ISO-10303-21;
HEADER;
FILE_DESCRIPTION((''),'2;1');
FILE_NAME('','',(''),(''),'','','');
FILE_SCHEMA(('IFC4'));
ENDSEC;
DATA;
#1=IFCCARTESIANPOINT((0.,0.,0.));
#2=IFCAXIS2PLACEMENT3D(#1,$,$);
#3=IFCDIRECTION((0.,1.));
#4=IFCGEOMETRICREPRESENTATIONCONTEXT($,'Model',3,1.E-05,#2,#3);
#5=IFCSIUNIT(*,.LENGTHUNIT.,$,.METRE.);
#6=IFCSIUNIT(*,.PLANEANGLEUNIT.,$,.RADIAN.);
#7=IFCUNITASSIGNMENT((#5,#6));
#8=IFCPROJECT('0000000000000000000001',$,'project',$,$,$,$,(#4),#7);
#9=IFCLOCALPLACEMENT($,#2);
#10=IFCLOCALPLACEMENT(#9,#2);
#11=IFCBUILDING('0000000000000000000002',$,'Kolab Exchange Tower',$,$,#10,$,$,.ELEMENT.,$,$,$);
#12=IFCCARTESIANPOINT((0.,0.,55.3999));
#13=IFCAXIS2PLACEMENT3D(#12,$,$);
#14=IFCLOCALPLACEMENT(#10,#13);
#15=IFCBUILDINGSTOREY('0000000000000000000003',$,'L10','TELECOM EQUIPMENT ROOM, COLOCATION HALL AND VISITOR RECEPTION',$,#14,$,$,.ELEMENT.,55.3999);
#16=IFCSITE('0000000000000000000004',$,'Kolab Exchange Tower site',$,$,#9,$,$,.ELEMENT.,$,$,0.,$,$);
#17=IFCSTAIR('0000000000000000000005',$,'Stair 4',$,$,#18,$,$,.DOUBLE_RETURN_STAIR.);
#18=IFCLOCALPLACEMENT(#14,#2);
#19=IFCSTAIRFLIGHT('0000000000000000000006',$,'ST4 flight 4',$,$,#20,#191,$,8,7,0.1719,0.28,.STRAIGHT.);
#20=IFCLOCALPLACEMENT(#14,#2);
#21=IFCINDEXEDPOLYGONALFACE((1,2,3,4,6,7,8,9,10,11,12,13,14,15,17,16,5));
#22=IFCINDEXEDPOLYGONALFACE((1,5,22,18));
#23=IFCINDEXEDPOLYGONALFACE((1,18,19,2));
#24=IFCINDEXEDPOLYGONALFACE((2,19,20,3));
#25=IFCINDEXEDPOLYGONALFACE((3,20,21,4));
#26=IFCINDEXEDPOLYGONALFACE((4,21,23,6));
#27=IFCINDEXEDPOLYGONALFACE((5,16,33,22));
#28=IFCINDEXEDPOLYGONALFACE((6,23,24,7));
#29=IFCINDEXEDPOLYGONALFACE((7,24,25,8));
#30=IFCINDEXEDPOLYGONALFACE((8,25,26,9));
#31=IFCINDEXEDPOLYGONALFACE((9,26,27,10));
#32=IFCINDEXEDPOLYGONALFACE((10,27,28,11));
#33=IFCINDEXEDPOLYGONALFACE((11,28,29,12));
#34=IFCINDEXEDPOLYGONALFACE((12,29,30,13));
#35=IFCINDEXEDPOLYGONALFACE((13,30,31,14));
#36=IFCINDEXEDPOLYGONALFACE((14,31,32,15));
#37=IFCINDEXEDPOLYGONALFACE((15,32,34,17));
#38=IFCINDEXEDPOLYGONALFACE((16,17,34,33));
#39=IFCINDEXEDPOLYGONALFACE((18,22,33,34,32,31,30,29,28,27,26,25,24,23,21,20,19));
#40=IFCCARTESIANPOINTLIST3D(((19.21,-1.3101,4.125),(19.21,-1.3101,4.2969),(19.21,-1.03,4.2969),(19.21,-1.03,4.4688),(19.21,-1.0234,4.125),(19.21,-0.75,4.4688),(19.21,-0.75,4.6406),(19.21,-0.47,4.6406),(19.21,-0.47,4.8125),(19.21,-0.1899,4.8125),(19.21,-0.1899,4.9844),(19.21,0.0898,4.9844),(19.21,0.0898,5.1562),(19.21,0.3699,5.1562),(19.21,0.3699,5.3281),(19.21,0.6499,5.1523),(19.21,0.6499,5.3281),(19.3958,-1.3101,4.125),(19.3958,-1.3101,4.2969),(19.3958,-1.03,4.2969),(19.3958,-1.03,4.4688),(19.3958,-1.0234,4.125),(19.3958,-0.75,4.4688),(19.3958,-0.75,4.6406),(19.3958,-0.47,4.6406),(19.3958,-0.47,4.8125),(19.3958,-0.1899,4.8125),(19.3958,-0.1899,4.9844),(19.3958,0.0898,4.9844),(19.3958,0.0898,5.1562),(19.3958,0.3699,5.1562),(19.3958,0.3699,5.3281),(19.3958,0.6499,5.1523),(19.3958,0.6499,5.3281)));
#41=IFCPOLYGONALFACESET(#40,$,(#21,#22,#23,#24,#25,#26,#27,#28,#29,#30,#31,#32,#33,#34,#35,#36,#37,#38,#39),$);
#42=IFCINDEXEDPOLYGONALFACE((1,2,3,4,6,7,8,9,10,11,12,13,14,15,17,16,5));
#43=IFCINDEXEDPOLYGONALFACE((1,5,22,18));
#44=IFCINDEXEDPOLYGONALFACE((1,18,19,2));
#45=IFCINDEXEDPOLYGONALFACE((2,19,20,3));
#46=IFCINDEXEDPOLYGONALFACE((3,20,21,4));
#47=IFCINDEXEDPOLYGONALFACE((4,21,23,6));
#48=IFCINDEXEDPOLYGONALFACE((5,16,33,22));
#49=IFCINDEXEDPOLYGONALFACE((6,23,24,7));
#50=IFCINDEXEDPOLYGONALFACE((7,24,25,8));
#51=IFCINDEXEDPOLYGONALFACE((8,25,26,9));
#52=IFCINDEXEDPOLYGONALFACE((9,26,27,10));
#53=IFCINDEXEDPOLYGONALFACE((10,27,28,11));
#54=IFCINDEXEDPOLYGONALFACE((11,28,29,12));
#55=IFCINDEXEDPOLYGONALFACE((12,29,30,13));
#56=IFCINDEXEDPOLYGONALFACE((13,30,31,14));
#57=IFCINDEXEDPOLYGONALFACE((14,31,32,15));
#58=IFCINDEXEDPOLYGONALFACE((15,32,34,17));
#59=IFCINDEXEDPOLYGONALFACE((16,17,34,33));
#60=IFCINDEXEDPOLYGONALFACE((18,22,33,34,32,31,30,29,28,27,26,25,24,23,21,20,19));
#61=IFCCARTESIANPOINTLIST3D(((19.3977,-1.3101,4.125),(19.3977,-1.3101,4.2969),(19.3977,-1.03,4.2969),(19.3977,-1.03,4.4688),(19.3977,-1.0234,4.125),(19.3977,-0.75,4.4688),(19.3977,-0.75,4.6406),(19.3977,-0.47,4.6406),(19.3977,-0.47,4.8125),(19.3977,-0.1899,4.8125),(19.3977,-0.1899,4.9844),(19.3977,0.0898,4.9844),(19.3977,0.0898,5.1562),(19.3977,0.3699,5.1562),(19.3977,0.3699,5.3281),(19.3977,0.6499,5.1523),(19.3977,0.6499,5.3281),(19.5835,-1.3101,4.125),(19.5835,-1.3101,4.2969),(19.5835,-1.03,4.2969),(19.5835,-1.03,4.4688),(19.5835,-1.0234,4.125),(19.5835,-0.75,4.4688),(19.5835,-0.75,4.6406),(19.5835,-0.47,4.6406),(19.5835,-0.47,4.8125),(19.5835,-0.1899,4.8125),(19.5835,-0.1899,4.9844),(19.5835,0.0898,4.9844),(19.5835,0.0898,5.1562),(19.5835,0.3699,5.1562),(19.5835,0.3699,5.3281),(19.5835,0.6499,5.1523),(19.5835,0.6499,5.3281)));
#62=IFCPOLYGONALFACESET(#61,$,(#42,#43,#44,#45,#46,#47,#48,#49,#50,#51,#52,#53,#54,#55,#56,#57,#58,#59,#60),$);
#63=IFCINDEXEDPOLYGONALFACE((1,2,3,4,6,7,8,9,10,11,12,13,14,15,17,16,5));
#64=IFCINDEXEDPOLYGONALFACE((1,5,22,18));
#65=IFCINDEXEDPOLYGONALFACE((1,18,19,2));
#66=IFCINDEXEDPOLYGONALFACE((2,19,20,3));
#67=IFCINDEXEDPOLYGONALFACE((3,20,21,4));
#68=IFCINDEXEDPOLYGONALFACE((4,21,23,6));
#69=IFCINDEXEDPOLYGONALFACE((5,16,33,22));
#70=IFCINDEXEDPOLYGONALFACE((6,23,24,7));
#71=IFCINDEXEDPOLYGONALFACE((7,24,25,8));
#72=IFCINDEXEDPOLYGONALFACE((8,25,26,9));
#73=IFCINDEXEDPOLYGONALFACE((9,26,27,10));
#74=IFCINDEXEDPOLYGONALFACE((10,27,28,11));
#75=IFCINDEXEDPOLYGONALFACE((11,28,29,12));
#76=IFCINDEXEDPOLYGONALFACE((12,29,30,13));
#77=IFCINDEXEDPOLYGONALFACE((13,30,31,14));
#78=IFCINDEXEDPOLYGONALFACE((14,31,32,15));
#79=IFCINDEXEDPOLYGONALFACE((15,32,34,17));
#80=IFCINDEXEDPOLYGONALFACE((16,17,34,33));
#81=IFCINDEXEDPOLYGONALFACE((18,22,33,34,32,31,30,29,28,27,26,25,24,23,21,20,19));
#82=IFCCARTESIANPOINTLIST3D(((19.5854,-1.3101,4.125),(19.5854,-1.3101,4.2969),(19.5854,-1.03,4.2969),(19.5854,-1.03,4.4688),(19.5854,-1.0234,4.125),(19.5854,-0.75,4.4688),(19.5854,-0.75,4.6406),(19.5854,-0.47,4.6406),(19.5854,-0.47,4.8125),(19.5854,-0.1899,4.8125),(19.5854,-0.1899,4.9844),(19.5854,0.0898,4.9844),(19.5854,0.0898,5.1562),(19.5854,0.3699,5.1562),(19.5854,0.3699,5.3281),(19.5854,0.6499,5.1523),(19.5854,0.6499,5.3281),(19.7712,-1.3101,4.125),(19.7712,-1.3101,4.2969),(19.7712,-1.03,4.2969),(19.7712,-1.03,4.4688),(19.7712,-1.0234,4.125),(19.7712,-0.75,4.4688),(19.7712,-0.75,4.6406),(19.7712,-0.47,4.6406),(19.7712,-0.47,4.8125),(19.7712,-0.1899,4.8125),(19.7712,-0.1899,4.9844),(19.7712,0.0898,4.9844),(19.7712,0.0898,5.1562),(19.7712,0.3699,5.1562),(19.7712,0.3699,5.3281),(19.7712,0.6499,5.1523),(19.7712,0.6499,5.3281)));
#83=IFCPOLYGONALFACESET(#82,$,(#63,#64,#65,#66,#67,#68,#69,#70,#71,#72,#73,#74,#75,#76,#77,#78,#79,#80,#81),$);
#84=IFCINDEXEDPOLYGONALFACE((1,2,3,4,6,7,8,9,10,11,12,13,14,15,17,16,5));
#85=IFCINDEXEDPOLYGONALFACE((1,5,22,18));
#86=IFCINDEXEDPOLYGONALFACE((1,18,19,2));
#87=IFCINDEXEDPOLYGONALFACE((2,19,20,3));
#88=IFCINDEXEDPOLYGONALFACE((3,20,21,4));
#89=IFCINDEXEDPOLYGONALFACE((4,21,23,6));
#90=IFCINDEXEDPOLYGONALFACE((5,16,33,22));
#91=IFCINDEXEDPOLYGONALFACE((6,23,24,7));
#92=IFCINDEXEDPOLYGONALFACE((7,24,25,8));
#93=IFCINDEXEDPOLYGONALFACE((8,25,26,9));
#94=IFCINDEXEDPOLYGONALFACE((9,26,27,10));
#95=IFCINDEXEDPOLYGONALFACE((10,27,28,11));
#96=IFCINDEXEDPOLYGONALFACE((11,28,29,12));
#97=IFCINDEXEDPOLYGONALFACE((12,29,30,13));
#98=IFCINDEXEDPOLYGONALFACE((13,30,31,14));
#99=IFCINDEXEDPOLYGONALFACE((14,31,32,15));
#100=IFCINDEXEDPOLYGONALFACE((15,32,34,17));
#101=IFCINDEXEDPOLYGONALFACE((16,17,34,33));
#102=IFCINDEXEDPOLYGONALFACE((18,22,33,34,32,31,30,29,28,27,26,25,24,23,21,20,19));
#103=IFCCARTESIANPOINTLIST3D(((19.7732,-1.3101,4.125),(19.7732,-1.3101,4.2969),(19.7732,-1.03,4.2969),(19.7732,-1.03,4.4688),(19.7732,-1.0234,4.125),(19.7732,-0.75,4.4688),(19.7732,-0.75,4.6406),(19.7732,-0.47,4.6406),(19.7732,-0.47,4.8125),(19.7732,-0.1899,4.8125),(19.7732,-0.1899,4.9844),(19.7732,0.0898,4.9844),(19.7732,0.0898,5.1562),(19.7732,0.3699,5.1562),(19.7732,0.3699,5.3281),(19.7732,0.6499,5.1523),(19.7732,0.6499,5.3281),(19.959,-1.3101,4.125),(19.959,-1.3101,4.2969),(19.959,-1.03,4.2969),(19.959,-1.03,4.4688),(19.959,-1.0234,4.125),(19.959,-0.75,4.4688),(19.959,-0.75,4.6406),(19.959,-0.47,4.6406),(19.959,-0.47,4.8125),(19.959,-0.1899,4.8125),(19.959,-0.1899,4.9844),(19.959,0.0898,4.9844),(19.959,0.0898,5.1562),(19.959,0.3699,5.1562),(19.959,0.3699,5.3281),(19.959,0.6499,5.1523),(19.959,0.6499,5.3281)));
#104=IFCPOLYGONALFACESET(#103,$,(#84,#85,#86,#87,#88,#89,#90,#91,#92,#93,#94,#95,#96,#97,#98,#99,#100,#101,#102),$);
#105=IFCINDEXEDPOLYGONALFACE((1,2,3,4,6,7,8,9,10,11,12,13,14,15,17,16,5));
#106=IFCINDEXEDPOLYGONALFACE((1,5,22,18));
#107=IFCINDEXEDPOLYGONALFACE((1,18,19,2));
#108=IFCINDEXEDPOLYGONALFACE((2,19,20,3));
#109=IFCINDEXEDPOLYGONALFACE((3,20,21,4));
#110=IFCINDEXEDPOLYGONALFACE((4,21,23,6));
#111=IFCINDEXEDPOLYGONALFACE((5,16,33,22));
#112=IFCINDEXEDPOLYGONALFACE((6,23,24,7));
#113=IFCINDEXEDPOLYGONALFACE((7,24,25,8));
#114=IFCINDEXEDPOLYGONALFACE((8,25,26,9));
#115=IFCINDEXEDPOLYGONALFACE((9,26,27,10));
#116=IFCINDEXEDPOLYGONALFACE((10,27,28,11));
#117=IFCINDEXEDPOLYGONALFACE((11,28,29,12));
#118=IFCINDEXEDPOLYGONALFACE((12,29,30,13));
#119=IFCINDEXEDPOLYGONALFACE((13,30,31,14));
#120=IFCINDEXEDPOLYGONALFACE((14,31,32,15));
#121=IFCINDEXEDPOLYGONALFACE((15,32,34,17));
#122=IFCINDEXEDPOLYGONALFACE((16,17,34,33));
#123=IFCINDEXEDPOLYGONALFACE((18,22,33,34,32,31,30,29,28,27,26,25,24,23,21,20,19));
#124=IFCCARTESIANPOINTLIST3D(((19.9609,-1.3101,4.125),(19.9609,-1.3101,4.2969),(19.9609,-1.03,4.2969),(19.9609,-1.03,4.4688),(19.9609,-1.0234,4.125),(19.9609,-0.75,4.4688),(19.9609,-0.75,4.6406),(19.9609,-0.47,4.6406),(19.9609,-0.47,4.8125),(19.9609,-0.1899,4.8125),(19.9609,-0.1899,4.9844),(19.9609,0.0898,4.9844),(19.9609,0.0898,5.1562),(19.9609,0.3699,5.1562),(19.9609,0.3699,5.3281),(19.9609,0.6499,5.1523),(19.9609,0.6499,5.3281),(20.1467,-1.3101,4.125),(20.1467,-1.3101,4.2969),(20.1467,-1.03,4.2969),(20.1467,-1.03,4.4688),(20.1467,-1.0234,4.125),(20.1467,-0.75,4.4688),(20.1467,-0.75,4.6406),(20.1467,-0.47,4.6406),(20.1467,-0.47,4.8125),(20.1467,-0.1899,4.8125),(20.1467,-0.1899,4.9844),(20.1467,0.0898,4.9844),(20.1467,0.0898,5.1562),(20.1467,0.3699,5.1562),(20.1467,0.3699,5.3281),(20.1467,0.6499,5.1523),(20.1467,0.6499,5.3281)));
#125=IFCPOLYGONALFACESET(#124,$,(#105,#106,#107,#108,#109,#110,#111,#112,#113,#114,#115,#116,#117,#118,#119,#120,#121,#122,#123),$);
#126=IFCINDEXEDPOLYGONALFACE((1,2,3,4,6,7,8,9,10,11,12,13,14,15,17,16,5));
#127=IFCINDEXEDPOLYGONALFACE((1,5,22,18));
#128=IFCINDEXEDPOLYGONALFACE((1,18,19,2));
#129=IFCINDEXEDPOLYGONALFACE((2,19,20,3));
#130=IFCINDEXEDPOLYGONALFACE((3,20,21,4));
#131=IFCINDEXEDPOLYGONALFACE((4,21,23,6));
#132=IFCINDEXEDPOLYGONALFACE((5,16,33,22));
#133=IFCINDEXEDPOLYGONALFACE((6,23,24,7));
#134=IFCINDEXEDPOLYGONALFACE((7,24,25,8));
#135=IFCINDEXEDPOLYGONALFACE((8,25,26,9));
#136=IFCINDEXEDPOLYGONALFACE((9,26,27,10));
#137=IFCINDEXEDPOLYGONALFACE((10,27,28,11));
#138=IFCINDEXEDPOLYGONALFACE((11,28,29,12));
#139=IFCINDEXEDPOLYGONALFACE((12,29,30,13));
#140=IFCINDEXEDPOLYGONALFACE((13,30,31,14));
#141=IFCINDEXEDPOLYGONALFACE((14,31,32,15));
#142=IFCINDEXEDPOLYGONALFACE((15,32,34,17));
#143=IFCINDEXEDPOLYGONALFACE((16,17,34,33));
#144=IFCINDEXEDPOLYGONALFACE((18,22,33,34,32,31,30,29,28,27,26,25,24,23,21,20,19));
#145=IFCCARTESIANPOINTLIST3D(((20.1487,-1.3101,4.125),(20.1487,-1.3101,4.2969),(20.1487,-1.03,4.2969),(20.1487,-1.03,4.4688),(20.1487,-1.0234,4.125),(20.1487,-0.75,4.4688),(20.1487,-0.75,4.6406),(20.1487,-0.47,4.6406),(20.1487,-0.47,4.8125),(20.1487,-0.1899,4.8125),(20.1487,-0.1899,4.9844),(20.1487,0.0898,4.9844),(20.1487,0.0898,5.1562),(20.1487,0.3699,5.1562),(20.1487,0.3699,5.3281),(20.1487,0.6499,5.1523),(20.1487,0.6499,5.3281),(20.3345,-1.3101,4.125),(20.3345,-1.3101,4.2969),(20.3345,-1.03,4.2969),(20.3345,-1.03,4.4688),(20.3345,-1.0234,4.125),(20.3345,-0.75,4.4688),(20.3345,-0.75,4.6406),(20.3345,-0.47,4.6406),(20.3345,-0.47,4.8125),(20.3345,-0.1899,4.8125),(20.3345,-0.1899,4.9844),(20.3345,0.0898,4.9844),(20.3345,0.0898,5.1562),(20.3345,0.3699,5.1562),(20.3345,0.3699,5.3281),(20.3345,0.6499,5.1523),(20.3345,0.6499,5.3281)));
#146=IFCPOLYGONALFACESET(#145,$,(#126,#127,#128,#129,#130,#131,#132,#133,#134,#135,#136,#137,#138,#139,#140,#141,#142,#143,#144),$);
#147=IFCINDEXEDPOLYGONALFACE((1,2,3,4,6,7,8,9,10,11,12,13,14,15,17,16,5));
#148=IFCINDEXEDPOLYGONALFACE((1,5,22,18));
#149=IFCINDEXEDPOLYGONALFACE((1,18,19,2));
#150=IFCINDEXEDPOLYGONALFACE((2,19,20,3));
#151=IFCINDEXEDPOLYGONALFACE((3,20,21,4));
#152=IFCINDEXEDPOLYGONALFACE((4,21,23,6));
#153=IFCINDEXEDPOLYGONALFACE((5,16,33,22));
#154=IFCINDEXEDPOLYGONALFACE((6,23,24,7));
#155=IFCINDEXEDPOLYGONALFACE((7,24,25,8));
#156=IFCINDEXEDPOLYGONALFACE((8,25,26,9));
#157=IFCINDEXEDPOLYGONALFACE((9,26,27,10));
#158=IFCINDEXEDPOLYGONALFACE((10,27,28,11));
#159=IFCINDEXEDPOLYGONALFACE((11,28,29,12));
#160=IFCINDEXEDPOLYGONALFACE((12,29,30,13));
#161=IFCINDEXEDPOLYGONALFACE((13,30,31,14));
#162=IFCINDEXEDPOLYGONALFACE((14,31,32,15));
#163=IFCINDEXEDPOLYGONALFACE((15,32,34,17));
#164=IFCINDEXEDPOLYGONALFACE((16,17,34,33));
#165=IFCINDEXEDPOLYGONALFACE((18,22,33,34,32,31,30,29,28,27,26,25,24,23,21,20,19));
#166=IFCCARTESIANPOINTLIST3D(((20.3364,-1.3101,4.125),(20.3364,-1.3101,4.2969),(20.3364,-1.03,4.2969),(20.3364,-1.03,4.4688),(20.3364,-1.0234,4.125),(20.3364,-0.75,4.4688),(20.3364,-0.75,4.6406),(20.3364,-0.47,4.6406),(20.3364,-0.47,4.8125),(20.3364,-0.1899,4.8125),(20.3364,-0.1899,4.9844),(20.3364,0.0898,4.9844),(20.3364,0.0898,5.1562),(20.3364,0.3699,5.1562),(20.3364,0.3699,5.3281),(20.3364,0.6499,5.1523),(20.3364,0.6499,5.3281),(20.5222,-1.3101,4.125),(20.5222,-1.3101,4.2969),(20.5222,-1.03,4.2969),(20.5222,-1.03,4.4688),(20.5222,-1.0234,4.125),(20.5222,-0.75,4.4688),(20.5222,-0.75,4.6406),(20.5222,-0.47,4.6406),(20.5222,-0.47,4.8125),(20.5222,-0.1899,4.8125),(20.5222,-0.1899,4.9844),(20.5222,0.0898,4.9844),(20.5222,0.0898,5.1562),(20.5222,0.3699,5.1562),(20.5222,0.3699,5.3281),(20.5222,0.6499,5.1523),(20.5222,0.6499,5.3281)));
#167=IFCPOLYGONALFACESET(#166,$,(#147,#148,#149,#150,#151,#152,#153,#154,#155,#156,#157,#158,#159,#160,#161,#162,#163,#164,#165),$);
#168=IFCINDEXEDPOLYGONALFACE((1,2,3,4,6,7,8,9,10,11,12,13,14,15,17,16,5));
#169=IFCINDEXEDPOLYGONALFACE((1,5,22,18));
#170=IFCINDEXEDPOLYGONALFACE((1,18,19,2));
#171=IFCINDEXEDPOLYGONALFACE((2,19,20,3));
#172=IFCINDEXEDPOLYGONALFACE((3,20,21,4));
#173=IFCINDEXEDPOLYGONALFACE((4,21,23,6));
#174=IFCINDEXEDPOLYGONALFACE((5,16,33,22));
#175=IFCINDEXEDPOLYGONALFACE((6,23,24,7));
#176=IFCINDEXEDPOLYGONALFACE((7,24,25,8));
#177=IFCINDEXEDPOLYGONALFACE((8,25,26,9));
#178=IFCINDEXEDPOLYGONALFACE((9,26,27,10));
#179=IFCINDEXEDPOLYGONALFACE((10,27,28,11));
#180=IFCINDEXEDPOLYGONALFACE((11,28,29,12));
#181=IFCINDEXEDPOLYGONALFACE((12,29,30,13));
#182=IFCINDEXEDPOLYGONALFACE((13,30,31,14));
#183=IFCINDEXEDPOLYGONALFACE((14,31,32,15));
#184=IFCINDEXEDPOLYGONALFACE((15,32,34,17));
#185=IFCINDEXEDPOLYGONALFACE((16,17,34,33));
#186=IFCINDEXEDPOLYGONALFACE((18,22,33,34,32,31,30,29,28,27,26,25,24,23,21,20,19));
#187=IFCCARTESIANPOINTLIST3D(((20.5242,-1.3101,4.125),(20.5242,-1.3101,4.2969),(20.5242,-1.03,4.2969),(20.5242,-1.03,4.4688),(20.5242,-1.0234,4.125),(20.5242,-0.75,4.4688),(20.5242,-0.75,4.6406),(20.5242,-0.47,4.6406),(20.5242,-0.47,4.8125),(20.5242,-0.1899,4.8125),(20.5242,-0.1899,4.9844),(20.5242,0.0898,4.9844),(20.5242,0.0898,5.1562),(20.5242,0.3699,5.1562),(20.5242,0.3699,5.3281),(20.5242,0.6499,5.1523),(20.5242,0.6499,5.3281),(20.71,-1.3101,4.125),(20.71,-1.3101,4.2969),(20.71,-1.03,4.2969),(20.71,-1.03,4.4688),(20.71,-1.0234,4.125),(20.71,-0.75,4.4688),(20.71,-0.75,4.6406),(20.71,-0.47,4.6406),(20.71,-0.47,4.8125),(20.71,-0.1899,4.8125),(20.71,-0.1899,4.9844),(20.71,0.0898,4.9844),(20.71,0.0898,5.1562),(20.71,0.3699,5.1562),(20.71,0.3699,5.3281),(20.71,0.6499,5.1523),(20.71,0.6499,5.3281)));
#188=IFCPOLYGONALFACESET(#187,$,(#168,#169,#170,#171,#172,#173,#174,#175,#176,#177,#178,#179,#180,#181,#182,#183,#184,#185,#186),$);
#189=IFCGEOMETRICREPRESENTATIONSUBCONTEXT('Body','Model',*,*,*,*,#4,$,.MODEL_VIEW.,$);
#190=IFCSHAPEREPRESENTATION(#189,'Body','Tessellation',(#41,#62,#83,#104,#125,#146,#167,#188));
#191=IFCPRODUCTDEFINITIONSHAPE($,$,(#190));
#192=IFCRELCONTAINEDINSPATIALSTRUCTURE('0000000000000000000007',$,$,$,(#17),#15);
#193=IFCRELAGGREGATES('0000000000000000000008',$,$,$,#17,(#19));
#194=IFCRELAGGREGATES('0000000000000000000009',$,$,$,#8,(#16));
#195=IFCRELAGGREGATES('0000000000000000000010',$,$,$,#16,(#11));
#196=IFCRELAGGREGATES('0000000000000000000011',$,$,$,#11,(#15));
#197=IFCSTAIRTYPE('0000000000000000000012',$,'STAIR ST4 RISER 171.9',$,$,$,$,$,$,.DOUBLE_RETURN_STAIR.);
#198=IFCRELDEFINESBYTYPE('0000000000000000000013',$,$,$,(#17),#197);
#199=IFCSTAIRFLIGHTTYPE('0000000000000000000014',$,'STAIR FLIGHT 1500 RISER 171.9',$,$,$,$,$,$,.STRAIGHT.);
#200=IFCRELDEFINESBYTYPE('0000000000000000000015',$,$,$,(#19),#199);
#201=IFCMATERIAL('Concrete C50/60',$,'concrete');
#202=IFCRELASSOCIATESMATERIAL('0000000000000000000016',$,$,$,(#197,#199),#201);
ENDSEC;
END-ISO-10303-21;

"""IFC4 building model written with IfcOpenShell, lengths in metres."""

from ifc_helpers import new_model, si_unit, direction, frame, origin, place, context, subcontext, project, spatial, polyline, outline, extrude, material, type_object, element, aggregate, save


model = new_model("IFC4")

# Units and contexts
model_context = context("Model", 3, precision=1e-05, world=origin(), true_north=direction((0.0, 1.0)))
body_context = subcontext(model_context, "Body", "Model", "MODEL_VIEW")
ifc_project = project(units=[si_unit("LENGTHUNIT", "METRE"), si_unit("PLANEANGLEUNIT", "RADIAN")], contexts=[model_context])

# Site, building, storey
site_placement = place(None, origin())
site = spatial("IfcSite", under=ifc_project, at=site_placement, Name="Kolab Exchange Tower site", CompositionType="ELEMENT", RefElevation=0.0)
building_placement = place(site_placement, origin())
building = spatial("IfcBuilding", under=site, at=building_placement, Name="Kolab Exchange Tower", CompositionType="ELEMENT")
storey_placement = place(building_placement, frame((0.0, 0.0, 55.3999)))
storey = spatial("IfcBuildingStorey", under=building, at=storey_placement, Name="L10", Description="TELECOM EQUIPMENT ROOM, COLOCATION HALL AND VISITOR RECEPTION", CompositionType="ELEMENT", Elevation=55.3999)

# Shared definitions
ifc_material_1 = material(Name="Concrete C50/60", Category="concrete")

# Stair, stair flight
stair_type = type_object("IfcStairType", Name="STAIR ST4 RISER 171.9", PredefinedType="DOUBLE_RETURN_STAIR", material=ifc_material_1)
stair_placement = place(storey_placement, origin())
stair = element("IfcStair", 1, at=stair_placement, inside=storey, type_object=stair_type, Name="Stair 4", PredefinedType="DOUBLE_RETURN_STAIR")
stair_flight_type = type_object("IfcStairFlightType", Name="STAIR FLIGHT 1500 RISER 171.9", PredefinedType="STRAIGHT", material=ifc_material_1)
stair_flight_1_placement = place(storey_placement, frame((19.96, -1.3101, 4.125), z_axis=(0.0, 0.0, 1.0), x_axis=(0.0, 1.0, 0.0)))
stair_flight_1 = element("IfcStairFlight", 2, at=stair_flight_1_placement, type_object=stair_flight_type, Name="ST4 flight 4", NumberOfRisers=8, NumberOfTreads=7, PredefinedType="STRAIGHT", RiserHeight=0.1719, TreadLength=0.28, context=body_context, shape_type="SweptSolid", body=[
    extrude(outline(polyline([(0.0, 0.0), (0.0, 0.1719), (0.28, 0.1719), (0.28, 0.3438), (0.5601, 0.3438), (0.5601, 0.5156), (0.8401, 0.5156), (0.8401, 0.6875), (1.1201, 0.6875), (1.1201, 0.8594), (1.3999, 0.8594), (1.3999, 1.0312), (1.6799, 1.0312), (1.6799, 1.2031), (1.96, 1.2031), (1.96, 1.375), (1.96, 1.0273), (0.2866, 0.0), (0.0, 0.0)])), frame((0.0, 0.75, 0.0), z_axis=(0.0, -1.0, 0.0), x_axis=(1.0, 0.0, 0.0)), (0.0, 0.0, 1.0), 0.1858),
    extrude(outline(polyline([(0.0, 0.0), (0.0, 0.1719), (0.28, 0.1719), (0.28, 0.3438), (0.5601, 0.3438), (0.5601, 0.5156), (0.8401, 0.5156), (0.8401, 0.6875), (1.1201, 0.6875), (1.1201, 0.8594), (1.3999, 0.8594), (1.3999, 1.0312), (1.6799, 1.0312), (1.6799, 1.2031), (1.96, 1.2031), (1.96, 1.375), (1.96, 1.0273), (0.2866, 0.0), (0.0, 0.0)])), frame((0.0, 0.5623, 0.0), z_axis=(0.0, -1.0, 0.0), x_axis=(1.0, 0.0, 0.0)), (0.0, 0.0, 1.0), 0.1858),
    extrude(outline(polyline([(0.0, 0.0), (0.0, 0.1719), (0.28, 0.1719), (0.28, 0.3438), (0.5601, 0.3438), (0.5601, 0.5156), (0.8401, 0.5156), (0.8401, 0.6875), (1.1201, 0.6875), (1.1201, 0.8594), (1.3999, 0.8594), (1.3999, 1.0312), (1.6799, 1.0312), (1.6799, 1.2031), (1.96, 1.2031), (1.96, 1.375), (1.96, 1.0273), (0.2866, 0.0), (0.0, 0.0)])), frame((0.0, 0.3745, 0.0), z_axis=(0.0, -1.0, 0.0), x_axis=(1.0, 0.0, 0.0)), (0.0, 0.0, 1.0), 0.1858),
    extrude(outline(polyline([(0.0, 0.0), (0.0, 0.1719), (0.28, 0.1719), (0.28, 0.3438), (0.5601, 0.3438), (0.5601, 0.5156), (0.8401, 0.5156), (0.8401, 0.6875), (1.1201, 0.6875), (1.1201, 0.8594), (1.3999, 0.8594), (1.3999, 1.0312), (1.6799, 1.0312), (1.6799, 1.2031), (1.96, 1.2031), (1.96, 1.375), (1.96, 1.0273), (0.2866, 0.0), (0.0, 0.0)])), frame((0.0, 0.1868, 0.0), z_axis=(0.0, -1.0, 0.0), x_axis=(1.0, 0.0, 0.0)), (0.0, 0.0, 1.0), 0.1858),
    extrude(outline(polyline([(0.0, 0.0), (0.0, 0.1719), (0.28, 0.1719), (0.28, 0.3438), (0.5601, 0.3438), (0.5601, 0.5156), (0.8401, 0.5156), (0.8401, 0.6875), (1.1201, 0.6875), (1.1201, 0.8594), (1.3999, 0.8594), (1.3999, 1.0312), (1.6799, 1.0312), (1.6799, 1.2031), (1.96, 1.2031), (1.96, 1.375), (1.96, 1.0273), (0.2866, 0.0), (0.0, 0.0)])), frame((0.0, -0.001, 0.0), z_axis=(0.0, -1.0, 0.0), x_axis=(1.0, 0.0, 0.0)), (0.0, 0.0, 1.0), 0.1858),
    extrude(outline(polyline([(0.0, 0.0), (0.0, 0.1719), (0.28, 0.1719), (0.28, 0.3438), (0.5601, 0.3438), (0.5601, 0.5156), (0.8401, 0.5156), (0.8401, 0.6875), (1.1201, 0.6875), (1.1201, 0.8594), (1.3999, 0.8594), (1.3999, 1.0312), (1.6799, 1.0312), (1.6799, 1.2031), (1.96, 1.2031), (1.96, 1.375), (1.96, 1.0273), (0.2866, 0.0), (0.0, 0.0)])), frame((0.0, -0.1887, 0.0), z_axis=(0.0, -1.0, 0.0), x_axis=(1.0, 0.0, 0.0)), (0.0, 0.0, 1.0), 0.1858),
    extrude(outline(polyline([(0.0, 0.0), (0.0, 0.1719), (0.28, 0.1719), (0.28, 0.3438), (0.5601, 0.3438), (0.5601, 0.5156), (0.8401, 0.5156), (0.8401, 0.6875), (1.1201, 0.6875), (1.1201, 0.8594), (1.3999, 0.8594), (1.3999, 1.0312), (1.6799, 1.0312), (1.6799, 1.2031), (1.96, 1.2031), (1.96, 1.375), (1.96, 1.0273), (0.2866, 0.0), (0.0, 0.0)])), frame((0.0, -0.3765, 0.0), z_axis=(0.0, -1.0, 0.0), x_axis=(1.0, 0.0, 0.0)), (0.0, 0.0, 1.0), 0.1858),
    extrude(outline(polyline([(0.0, 0.0), (0.0, 0.1719), (0.28, 0.1719), (0.28, 0.3438), (0.5601, 0.3438), (0.5601, 0.5156), (0.8401, 0.5156), (0.8401, 0.6875), (1.1201, 0.6875), (1.1201, 0.8594), (1.3999, 0.8594), (1.3999, 1.0312), (1.6799, 1.0312), (1.6799, 1.2031), (1.96, 1.2031), (1.96, 1.375), (1.96, 1.0273), (0.2866, 0.0), (0.0, 0.0)])), frame((0.0, -0.5642, 0.0), z_axis=(0.0, -1.0, 0.0), x_axis=(1.0, 0.0, 0.0)), (0.0, 0.0, 1.0), 0.1858),
])
aggregate(stair, [stair_flight_1])

save(model, "model.ifc")
